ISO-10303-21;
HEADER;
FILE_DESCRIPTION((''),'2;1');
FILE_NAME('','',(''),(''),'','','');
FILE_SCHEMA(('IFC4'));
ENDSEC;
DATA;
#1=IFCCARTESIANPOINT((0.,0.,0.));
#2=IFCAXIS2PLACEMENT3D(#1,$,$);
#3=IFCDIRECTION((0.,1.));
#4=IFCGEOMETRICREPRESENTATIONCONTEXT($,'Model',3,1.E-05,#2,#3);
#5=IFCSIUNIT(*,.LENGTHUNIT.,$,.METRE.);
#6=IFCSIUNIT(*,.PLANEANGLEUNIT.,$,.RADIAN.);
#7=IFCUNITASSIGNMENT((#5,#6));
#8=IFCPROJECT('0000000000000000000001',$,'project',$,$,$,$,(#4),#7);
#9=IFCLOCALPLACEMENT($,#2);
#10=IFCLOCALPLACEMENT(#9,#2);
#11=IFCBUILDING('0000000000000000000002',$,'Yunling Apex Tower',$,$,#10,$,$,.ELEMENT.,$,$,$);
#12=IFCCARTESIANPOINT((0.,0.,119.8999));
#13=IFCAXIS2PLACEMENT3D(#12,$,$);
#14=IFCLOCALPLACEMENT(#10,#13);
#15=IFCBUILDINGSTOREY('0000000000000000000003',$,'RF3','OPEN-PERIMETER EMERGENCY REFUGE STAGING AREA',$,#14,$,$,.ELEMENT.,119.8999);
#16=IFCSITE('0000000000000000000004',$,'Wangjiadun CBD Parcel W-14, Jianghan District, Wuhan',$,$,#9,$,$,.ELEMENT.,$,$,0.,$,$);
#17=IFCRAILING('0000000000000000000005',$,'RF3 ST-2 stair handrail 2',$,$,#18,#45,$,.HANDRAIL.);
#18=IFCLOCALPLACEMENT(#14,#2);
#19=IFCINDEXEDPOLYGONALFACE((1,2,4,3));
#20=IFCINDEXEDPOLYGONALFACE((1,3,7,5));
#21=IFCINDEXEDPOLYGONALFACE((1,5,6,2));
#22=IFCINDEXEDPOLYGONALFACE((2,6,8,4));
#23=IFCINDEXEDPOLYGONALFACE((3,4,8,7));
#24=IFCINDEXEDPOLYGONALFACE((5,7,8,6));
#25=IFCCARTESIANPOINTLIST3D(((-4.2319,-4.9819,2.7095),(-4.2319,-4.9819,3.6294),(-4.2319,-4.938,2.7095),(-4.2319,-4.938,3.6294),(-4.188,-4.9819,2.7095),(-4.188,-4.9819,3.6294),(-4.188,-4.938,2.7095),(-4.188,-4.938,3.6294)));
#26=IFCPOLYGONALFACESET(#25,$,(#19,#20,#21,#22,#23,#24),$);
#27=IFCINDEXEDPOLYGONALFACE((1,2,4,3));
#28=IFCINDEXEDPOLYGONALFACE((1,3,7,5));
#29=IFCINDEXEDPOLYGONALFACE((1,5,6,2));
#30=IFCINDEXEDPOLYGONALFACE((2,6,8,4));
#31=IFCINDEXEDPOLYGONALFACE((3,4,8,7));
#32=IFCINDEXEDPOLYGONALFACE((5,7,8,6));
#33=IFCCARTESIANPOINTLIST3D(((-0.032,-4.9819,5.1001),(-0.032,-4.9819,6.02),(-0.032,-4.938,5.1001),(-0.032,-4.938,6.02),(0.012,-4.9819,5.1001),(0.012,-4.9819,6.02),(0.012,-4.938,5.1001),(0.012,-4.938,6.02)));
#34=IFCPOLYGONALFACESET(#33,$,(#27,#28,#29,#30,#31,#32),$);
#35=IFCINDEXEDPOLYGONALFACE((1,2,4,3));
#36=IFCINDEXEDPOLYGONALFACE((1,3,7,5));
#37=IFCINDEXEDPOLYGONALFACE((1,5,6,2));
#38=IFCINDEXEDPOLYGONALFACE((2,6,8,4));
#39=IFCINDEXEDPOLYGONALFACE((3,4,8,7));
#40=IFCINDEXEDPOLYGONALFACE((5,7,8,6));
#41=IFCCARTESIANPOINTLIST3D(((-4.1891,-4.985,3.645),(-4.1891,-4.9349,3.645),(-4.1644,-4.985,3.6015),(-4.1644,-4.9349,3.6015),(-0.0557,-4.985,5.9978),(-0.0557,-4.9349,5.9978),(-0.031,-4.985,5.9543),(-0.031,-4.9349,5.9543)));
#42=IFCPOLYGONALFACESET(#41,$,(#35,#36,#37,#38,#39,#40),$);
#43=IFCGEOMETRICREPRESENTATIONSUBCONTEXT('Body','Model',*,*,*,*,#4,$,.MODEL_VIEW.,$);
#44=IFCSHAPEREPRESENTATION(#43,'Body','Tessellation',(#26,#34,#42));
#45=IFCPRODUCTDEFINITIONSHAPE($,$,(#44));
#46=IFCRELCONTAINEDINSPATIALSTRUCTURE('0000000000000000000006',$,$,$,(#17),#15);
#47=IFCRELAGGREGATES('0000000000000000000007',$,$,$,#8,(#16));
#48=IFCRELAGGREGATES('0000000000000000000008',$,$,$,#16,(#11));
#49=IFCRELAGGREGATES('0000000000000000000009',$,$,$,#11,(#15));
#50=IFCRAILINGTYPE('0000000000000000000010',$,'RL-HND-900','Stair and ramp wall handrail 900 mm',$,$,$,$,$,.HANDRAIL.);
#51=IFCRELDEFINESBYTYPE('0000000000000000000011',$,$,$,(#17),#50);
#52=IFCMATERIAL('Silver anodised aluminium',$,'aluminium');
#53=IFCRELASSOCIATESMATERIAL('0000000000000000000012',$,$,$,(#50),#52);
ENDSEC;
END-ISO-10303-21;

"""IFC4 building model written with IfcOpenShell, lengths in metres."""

from ifc_helpers import new_model, si_unit, direction, frame, origin, origin_2d, place, context, subcontext, project, spatial, rectangle, extrude, material, type_object, element, save


model = new_model("IFC4")

# Units and contexts
model_context = context("Model", 3, precision=1e-05, world=origin(), true_north=direction((0.0, 1.0)))
body_context = subcontext(model_context, "Body", "Model", "MODEL_VIEW")
ifc_project = project(units=[si_unit("LENGTHUNIT", "METRE"), si_unit("PLANEANGLEUNIT", "RADIAN")], contexts=[model_context])

# Site, building, storey
site_placement = place(None, origin())
site = spatial("IfcSite", under=ifc_project, at=site_placement, Name="Wangjiadun CBD Parcel W-14, Jianghan District, Wuhan", CompositionType="ELEMENT", RefElevation=0.0)
building_placement = place(site_placement, origin())
building = spatial("IfcBuilding", under=site, at=building_placement, Name="Yunling Apex Tower", CompositionType="ELEMENT")
storey_placement = place(building_placement, frame((0.0, 0.0, 119.8999)))
storey = spatial("IfcBuildingStorey", under=building, at=storey_placement, Name="RF3", Description="OPEN-PERIMETER EMERGENCY REFUGE STAGING AREA", CompositionType="ELEMENT", Elevation=119.8999)

# Railing
ifc_material_1 = material(Name="Silver anodised aluminium", Category="aluminium")
railing_type_1 = type_object("IfcRailingType", Name="RL-HND-900", Description="Stair and ramp wall handrail 900 mm", PredefinedType="HANDRAIL", material=ifc_material_1)
railing_1_placement = place(storey_placement, frame((-4.21, -4.96, 2.7095)))
element("IfcRailing", 1, at=railing_1_placement, inside=storey, type_object=railing_type_1, Name="RF3 ST-2 stair handrail 2", PredefinedType="HANDRAIL", context=body_context, shape_type="SweptSolid", body=[
    extrude(rectangle(XDim=0.0439, YDim=0.0439, at=origin_2d()), origin(), (0.0, 0.0, 1.0), 0.9199),
    extrude(rectangle(XDim=0.0439, YDim=0.0439, at=origin_2d()), frame((4.2, 0.0, 2.3906)), (0.0, 0.0, 1.0), 0.9199),
    extrude(rectangle(XDim=0.05, YDim=0.05, at=origin_2d()), frame((0.0332, 0.0, 0.9138), z_axis=(0.869075, 0.0, 0.49468), x_axis=(0.0, 1.0, 0.0)), (0.0, 0.0, 1.0), 4.7561),
])

save(model, "model.ifc")
